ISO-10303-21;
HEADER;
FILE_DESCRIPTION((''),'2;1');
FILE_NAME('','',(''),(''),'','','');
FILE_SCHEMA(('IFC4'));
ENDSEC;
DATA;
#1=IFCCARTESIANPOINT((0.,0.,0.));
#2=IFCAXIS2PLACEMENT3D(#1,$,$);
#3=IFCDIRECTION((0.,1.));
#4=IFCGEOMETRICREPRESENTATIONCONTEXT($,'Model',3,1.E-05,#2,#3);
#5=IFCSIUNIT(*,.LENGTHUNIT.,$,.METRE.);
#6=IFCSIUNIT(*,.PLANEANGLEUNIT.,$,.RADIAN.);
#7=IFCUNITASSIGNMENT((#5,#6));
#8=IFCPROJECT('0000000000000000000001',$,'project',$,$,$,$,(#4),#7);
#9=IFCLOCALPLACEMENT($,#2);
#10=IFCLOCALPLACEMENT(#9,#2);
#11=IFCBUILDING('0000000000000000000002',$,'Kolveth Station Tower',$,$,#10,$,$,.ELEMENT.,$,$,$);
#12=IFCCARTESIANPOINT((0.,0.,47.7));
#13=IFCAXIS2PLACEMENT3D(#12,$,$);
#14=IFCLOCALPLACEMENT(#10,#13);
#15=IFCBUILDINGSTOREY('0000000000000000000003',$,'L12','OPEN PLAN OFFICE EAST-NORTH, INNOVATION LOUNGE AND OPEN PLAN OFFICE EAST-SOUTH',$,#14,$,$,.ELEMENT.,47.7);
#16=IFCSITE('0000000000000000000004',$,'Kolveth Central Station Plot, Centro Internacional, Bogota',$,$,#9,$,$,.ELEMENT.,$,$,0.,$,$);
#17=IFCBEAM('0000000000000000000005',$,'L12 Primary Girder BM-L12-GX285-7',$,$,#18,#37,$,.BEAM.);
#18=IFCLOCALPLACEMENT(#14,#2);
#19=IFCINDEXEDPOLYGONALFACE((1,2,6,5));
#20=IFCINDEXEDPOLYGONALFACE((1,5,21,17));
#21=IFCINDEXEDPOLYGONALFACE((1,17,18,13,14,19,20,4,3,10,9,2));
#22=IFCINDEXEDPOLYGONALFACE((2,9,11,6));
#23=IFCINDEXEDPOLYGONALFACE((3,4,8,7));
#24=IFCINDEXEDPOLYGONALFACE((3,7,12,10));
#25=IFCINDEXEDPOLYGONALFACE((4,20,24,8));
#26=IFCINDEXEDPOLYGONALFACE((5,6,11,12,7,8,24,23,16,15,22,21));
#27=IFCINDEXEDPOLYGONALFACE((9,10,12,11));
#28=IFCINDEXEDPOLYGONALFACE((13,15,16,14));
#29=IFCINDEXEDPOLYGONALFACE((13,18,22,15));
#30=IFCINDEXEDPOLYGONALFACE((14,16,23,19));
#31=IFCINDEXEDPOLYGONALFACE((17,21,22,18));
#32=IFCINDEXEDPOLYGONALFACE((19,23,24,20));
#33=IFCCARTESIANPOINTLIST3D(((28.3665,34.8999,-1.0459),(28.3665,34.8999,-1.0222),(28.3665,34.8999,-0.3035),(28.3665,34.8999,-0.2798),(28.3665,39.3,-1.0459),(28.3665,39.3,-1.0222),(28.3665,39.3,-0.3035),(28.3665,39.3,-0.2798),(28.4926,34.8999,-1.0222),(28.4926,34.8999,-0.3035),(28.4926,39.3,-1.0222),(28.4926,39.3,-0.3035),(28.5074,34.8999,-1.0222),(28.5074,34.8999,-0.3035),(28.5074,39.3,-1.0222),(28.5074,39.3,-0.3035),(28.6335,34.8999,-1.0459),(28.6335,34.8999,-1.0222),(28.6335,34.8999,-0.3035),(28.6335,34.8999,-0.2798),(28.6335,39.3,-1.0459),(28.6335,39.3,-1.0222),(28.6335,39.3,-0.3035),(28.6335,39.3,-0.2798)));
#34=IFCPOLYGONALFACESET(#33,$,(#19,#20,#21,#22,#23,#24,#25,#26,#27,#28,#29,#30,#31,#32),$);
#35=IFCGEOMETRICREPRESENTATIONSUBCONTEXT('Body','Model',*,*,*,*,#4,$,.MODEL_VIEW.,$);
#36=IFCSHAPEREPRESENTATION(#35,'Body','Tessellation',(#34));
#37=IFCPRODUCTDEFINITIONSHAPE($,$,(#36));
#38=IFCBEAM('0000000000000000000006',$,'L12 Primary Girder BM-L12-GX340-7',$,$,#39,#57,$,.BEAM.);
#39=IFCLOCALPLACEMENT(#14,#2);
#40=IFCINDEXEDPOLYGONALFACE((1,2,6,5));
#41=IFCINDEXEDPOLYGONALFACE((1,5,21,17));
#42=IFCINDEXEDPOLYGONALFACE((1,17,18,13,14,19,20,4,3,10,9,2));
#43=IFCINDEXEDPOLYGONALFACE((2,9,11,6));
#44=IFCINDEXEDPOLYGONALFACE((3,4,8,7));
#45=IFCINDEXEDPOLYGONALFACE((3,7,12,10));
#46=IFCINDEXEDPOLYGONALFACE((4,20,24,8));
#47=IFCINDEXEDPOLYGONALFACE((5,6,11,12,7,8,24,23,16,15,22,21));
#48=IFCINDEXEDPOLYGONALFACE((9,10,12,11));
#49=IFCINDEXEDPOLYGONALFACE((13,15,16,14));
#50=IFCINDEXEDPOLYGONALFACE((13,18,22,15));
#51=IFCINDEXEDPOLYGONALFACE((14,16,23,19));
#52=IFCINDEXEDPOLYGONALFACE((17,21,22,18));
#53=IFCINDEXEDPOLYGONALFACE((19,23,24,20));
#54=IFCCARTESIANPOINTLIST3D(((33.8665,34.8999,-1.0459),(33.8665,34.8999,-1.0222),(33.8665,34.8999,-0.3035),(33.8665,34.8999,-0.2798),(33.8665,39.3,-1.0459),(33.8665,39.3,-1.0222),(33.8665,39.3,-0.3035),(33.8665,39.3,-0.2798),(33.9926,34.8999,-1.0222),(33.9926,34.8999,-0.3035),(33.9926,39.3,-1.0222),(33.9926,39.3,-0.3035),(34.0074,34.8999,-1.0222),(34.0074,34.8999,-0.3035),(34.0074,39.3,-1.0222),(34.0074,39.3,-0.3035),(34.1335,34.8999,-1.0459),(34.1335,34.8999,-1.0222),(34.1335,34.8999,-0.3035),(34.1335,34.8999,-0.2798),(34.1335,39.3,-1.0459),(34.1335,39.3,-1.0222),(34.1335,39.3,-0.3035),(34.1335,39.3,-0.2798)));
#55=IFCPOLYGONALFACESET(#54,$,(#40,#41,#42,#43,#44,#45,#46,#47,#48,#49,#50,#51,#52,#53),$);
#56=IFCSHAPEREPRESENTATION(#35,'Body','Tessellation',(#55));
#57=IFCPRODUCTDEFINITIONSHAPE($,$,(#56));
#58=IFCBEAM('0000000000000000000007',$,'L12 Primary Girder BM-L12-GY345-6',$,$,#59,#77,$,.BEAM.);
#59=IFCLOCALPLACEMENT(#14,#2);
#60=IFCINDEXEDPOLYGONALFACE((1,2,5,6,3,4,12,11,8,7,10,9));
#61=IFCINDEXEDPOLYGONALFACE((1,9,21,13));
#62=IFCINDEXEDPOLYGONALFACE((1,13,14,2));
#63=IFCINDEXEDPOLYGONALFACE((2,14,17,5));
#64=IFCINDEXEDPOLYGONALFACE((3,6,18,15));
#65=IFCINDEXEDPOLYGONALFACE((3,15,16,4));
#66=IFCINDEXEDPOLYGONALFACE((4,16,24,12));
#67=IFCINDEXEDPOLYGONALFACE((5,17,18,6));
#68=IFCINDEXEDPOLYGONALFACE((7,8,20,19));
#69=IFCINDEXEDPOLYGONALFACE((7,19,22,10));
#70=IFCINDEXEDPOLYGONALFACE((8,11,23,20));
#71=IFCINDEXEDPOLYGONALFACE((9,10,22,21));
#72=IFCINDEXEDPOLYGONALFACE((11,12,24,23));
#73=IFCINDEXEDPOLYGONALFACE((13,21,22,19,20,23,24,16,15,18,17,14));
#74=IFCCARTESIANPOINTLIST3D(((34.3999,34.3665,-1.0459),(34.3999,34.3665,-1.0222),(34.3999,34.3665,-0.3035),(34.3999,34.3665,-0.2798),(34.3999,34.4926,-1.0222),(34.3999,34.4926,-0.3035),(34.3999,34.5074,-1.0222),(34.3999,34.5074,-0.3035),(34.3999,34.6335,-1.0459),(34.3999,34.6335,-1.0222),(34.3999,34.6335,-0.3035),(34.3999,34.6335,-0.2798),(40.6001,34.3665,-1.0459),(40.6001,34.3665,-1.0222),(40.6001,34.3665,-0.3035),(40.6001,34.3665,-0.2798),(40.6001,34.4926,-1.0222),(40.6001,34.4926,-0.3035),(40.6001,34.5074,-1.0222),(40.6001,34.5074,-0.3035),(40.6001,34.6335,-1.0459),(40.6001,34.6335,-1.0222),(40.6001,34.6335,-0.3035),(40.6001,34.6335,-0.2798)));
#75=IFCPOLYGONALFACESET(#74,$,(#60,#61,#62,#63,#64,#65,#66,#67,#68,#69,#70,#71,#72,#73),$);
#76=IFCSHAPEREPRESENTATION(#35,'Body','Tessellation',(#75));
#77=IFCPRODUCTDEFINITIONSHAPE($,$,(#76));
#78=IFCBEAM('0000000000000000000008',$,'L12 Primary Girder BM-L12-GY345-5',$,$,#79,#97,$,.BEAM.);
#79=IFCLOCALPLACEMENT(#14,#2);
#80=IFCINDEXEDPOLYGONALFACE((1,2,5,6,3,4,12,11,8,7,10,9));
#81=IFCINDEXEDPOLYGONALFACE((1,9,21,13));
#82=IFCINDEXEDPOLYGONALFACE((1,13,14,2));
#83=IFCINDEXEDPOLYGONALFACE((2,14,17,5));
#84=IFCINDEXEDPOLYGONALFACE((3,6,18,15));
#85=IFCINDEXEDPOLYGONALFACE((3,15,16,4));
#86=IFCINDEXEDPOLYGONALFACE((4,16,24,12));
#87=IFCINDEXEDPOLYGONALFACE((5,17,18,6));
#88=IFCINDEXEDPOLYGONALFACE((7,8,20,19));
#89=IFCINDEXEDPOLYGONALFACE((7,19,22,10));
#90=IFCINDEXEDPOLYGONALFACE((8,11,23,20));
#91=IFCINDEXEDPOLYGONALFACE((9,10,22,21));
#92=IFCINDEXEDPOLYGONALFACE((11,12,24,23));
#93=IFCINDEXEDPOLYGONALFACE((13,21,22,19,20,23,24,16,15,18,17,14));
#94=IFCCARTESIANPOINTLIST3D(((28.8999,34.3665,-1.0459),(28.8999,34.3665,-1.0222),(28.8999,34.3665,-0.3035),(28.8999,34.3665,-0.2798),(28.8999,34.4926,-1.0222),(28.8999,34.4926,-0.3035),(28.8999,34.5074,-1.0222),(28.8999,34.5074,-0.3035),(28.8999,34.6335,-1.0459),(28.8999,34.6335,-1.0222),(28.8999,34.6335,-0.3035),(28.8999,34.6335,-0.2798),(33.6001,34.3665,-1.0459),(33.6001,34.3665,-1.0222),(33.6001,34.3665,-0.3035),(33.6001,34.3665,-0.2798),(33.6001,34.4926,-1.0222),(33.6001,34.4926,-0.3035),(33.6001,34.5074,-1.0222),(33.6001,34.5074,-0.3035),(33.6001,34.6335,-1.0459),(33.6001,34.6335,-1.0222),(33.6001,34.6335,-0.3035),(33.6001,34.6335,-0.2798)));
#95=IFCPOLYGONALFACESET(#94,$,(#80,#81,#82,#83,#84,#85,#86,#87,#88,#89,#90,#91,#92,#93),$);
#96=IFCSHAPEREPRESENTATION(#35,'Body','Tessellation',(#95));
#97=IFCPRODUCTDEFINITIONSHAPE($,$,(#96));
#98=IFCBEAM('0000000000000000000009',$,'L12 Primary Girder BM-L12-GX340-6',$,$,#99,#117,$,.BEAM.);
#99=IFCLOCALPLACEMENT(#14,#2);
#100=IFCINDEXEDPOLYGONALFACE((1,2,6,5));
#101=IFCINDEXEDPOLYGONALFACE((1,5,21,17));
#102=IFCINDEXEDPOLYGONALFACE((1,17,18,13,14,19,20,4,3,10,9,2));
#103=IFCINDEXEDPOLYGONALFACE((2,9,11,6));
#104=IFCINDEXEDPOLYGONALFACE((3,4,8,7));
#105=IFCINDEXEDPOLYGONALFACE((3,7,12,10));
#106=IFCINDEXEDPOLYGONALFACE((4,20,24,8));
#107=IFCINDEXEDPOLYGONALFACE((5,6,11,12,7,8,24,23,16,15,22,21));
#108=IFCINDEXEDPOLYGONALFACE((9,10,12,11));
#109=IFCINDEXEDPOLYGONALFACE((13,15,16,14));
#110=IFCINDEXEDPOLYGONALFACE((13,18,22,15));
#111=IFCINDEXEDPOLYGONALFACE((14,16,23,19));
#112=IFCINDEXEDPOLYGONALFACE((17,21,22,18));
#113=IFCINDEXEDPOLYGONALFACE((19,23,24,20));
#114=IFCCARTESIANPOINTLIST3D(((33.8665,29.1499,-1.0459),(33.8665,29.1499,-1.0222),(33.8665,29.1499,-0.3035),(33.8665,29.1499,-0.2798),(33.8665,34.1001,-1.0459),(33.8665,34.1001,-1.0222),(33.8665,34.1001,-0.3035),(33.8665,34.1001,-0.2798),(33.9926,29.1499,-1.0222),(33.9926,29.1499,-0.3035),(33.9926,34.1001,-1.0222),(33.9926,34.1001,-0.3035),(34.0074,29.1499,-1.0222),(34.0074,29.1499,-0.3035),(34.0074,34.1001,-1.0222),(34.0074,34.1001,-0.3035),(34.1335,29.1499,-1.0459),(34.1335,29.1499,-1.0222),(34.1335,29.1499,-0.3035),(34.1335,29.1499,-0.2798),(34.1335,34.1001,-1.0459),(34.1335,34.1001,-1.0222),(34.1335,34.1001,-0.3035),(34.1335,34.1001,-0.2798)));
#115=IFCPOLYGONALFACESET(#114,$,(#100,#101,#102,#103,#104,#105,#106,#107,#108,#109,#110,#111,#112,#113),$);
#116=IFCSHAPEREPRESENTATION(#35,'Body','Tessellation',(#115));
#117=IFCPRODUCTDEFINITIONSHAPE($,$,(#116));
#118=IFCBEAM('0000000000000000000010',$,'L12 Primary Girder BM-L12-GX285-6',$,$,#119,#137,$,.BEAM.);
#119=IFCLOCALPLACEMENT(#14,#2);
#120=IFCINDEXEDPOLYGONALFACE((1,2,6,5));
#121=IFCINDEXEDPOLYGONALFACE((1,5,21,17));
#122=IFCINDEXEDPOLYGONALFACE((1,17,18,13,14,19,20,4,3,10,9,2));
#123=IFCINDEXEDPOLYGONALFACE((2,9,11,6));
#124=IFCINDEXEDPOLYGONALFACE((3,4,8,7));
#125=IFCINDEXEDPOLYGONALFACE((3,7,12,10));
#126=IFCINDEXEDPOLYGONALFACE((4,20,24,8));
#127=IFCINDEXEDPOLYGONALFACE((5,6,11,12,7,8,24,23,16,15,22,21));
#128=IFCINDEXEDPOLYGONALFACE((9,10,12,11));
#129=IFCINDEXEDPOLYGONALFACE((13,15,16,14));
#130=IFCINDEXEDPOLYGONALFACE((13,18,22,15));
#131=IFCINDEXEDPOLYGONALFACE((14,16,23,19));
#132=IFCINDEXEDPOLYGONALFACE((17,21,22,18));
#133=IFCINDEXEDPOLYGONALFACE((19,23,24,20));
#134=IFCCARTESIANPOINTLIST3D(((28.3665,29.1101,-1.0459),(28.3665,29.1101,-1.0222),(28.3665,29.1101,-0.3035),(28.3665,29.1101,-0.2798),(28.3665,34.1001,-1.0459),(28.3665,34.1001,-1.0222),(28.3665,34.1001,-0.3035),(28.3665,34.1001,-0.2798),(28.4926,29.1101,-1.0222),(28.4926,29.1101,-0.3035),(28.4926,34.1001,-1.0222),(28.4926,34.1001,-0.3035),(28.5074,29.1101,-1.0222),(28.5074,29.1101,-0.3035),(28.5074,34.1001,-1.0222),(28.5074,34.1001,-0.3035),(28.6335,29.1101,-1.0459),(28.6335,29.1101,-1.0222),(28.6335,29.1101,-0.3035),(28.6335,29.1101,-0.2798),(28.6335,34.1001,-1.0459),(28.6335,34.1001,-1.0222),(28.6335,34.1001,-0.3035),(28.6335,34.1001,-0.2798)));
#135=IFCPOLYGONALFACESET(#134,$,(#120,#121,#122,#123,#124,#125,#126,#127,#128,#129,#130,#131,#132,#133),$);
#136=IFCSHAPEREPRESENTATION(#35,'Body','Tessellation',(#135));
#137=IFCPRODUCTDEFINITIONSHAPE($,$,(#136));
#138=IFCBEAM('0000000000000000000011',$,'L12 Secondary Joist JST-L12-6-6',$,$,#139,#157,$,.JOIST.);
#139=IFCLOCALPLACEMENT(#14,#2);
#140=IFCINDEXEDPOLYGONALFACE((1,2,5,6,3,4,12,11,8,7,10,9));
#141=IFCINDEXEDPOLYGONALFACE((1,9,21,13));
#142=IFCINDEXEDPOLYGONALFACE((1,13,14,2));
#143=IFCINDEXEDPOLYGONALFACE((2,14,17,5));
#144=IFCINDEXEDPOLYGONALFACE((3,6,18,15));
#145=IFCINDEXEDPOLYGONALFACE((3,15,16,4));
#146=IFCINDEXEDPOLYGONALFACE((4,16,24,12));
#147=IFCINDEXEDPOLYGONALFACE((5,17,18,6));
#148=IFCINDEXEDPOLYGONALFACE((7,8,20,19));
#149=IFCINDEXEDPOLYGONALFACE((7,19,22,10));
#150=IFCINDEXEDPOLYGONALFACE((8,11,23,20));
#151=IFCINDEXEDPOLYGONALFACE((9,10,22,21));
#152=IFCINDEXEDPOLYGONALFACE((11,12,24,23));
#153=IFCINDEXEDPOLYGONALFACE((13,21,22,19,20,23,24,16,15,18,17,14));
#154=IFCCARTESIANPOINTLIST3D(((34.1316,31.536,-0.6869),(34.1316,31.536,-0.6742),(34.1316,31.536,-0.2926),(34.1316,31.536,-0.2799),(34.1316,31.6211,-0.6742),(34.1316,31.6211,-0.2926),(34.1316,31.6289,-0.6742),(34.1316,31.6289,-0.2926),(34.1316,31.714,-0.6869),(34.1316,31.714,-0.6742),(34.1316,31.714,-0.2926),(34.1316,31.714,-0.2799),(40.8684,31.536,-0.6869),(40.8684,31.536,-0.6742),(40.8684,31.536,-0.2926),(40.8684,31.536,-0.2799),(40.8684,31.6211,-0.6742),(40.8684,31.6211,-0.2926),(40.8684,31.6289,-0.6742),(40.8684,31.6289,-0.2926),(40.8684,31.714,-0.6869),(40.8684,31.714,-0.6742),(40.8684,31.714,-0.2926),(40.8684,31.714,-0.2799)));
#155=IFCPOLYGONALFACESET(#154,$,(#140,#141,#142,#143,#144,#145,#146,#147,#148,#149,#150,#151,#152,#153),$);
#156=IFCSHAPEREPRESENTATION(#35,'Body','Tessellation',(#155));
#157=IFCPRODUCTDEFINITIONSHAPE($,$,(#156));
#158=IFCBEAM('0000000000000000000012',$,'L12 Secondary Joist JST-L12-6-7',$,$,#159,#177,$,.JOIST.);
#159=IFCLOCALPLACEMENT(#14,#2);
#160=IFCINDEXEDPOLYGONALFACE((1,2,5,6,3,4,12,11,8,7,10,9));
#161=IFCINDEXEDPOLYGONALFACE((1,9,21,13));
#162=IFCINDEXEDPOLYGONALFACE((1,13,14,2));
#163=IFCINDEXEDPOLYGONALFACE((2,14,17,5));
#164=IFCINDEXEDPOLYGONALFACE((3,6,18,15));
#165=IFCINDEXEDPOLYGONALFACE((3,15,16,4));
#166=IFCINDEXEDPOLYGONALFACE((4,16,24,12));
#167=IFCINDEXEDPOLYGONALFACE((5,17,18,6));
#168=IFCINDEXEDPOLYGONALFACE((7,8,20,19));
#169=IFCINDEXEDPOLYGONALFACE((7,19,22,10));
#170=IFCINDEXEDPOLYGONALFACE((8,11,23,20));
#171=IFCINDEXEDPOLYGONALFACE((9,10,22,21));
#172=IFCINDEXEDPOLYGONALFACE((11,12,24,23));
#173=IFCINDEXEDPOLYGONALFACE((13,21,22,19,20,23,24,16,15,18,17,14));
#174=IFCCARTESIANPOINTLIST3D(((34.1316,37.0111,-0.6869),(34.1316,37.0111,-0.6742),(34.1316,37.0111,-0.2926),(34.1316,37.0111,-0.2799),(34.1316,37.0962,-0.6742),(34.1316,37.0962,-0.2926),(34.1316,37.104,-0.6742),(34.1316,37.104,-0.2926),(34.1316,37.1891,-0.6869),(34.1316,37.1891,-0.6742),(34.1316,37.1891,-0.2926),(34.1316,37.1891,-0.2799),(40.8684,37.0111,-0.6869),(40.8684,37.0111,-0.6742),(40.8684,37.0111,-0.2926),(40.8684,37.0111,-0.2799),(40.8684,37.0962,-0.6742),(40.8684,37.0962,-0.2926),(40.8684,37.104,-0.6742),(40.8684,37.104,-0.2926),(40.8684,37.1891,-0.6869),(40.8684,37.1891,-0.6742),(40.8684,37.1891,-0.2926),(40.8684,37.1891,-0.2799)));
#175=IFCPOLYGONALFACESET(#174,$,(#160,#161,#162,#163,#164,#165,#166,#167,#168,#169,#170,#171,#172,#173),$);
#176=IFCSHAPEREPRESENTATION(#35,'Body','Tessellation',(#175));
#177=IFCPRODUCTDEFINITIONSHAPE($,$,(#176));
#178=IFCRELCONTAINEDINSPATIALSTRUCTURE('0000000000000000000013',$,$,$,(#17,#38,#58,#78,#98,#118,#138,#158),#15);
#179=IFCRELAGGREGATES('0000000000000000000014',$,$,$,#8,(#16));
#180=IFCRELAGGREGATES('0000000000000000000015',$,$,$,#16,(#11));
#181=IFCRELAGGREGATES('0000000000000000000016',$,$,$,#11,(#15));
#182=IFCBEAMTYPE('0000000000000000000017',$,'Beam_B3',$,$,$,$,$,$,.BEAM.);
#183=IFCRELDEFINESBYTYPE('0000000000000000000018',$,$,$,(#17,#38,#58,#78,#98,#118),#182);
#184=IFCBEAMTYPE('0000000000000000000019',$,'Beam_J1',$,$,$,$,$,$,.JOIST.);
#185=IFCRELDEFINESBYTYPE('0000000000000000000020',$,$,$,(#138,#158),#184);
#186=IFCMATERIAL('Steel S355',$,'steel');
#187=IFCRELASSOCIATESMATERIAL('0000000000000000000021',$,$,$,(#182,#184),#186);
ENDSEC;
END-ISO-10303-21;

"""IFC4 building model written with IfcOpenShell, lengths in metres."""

from ifc_helpers import new_model, si_unit, direction, frame, origin, origin_2d, place, context, subcontext, project, spatial, i_section, extrude, source, transform, mapped, material, material_profile, profile_set, type_object, element, save


model = new_model("IFC4")

# Units and contexts
model_context = context("Model", 3, precision=1e-05, world=origin(), true_north=direction((0.0, 1.0)))
body_context = subcontext(model_context, "Body", "Model", "MODEL_VIEW")
ifc_project = project(units=[si_unit("LENGTHUNIT", "METRE"), si_unit("PLANEANGLEUNIT", "RADIAN")], contexts=[model_context])

# Site, building, storey
site_placement = place(None, origin())
site = spatial("IfcSite", under=ifc_project, at=site_placement, Name="Kolveth Central Station Plot, Centro Internacional, Bogota", CompositionType="ELEMENT", RefElevation=0.0)
building_placement = place(site_placement, origin())
building = spatial("IfcBuilding", under=site, at=building_placement, Name="Kolveth Station Tower", CompositionType="ELEMENT")
storey_placement = place(building_placement, frame((0.0, 0.0, 47.7)))
storey = spatial("IfcBuildingStorey", under=building, at=storey_placement, Name="L12", Description="OPEN PLAN OFFICE EAST-NORTH, INNOVATION LOUNGE AND OPEN PLAN OFFICE EAST-SOUTH", CompositionType="ELEMENT", Elevation=47.7)

# Shared definitions
ifc_material_1 = material(Name="Steel S355", Category="steel")

# Beams
ifc_material_profile_1 = material_profile(ifc_material_1, i_section(OverallWidth=0.2671, OverallDepth=0.7661, WebThickness=0.0149, FlangeThickness=0.0237, at=origin_2d()), Name="W760x185")
ifc_profile_set_1 = profile_set([ifc_material_profile_1], Name="Steel S355")
beam_type_1 = type_object("IfcBeamType", Name="Beam_B3", PredefinedType="BEAM", material=ifc_profile_set_1)
shared_shape_1 = source(origin(), body_context, "Body", "SweptSolid", [
    extrude(i_section(OverallWidth=0.2671, OverallDepth=0.7661, WebThickness=0.0149, FlangeThickness=0.0237, at=origin_2d()), origin(), (0.0, 0.0, 1.0), 4.4001),
])
for number, where, z_axis, x_axis, name in (
    (1, (28.5, 34.8999, -0.6628), (0.0, 1.0, 0.0), (-1.0, 0.0, 0.0), "L12 Primary Girder BM-L12-GX285-7"),
    (2, (34.0, 34.8999, -0.6628), (0.0, 1.0, 0.0), (-1.0, 0.0, 0.0), "L12 Primary Girder BM-L12-GX340-7"),
):
    element("IfcBeam", number, at=place(storey_placement, frame(where, z_axis=z_axis, x_axis=x_axis)), inside=storey, type_object=beam_type_1, Name=name, PredefinedType="BEAM", context=body_context, shape_type="MappedRepresentation", body=[
        mapped(shared_shape_1, transform((0.0, 0.0, 0.0), x_axis=(1.0, 0.0, 0.0), y_axis=(0.0, 1.0, 0.0), z_axis=(0.0, 0.0, 1.0), scale=1.0)),
    ])
shared_shape_2 = source(origin(), body_context, "Body", "SweptSolid", [
    extrude(i_section(OverallWidth=0.2671, OverallDepth=0.7661, WebThickness=0.0149, FlangeThickness=0.0237, at=origin_2d()), origin(), (0.0, 0.0, 1.0), 6.2002),
])
beam_1_placement = place(storey_placement, frame((34.3999, 34.5, -0.6628), z_axis=(1.0, 0.0, 0.0), x_axis=(0.0, 1.0, 0.0)))
element("IfcBeam", 3, at=beam_1_placement, inside=storey, type_object=beam_type_1, Name="L12 Primary Girder BM-L12-GY345-6", PredefinedType="BEAM", context=body_context, shape_type="MappedRepresentation", body=[
    mapped(shared_shape_2, transform((0.0, 0.0, 0.0), x_axis=(1.0, 0.0, 0.0), y_axis=(0.0, 1.0, 0.0), z_axis=(0.0, 0.0, 1.0), scale=1.0)),
])
shared_shape_3 = source(origin(), body_context, "Body", "SweptSolid", [
    extrude(i_section(OverallWidth=0.2671, OverallDepth=0.7661, WebThickness=0.0149, FlangeThickness=0.0237, at=origin_2d()), origin(), (0.0, 0.0, 1.0), 4.7002),
])
beam_2_placement = place(storey_placement, frame((28.8999, 34.5, -0.6628), z_axis=(1.0, 0.0, 0.0), x_axis=(0.0, 1.0, 0.0)))
element("IfcBeam", 4, at=beam_2_placement, inside=storey, type_object=beam_type_1, Name="L12 Primary Girder BM-L12-GY345-5", PredefinedType="BEAM", context=body_context, shape_type="MappedRepresentation", body=[
    mapped(shared_shape_3, transform((0.0, 0.0, 0.0), x_axis=(1.0, 0.0, 0.0), y_axis=(0.0, 1.0, 0.0), z_axis=(0.0, 0.0, 1.0), scale=1.0)),
])
shared_shape_4 = source(origin(), body_context, "Body", "SweptSolid", [
    extrude(i_section(OverallWidth=0.2671, OverallDepth=0.7661, WebThickness=0.0149, FlangeThickness=0.0237, at=origin_2d()), origin(), (0.0, 0.0, 1.0), 4.9502),
])
beam_3_placement = place(storey_placement, frame((34.0, 29.1499, -0.6628), z_axis=(0.0, 1.0, 0.0), x_axis=(-1.0, 0.0, 0.0)))
element("IfcBeam", 5, at=beam_3_placement, inside=storey, type_object=beam_type_1, Name="L12 Primary Girder BM-L12-GX340-6", PredefinedType="BEAM", context=body_context, shape_type="MappedRepresentation", body=[
    mapped(shared_shape_4, transform((0.0, 0.0, 0.0), x_axis=(1.0, 0.0, 0.0), y_axis=(0.0, 1.0, 0.0), z_axis=(0.0, 0.0, 1.0), scale=1.0)),
])
shared_shape_5 = source(origin(), body_context, "Body", "SweptSolid", [
    extrude(i_section(OverallWidth=0.2671, OverallDepth=0.7661, WebThickness=0.0149, FlangeThickness=0.0237, at=origin_2d()), origin(), (0.0, 0.0, 1.0), 4.99),
])
beam_4_placement = place(storey_placement, frame((28.5, 29.1101, -0.6628), z_axis=(0.0, 1.0, 0.0), x_axis=(-1.0, 0.0, 0.0)))
element("IfcBeam", 6, at=beam_4_placement, inside=storey, type_object=beam_type_1, Name="L12 Primary Girder BM-L12-GX285-6", PredefinedType="BEAM", context=body_context, shape_type="MappedRepresentation", body=[
    mapped(shared_shape_5, transform((0.0, 0.0, 0.0), x_axis=(1.0, 0.0, 0.0), y_axis=(0.0, 1.0, 0.0), z_axis=(0.0, 0.0, 1.0), scale=1.0)),
])
ifc_material_profile_2 = material_profile(ifc_material_1, i_section(OverallWidth=0.178, OverallDepth=0.407, WebThickness=0.0078, FlangeThickness=0.0127, at=origin_2d()), Name="W410x60")
ifc_profile_set_2 = profile_set([ifc_material_profile_2], Name="Steel S355")
beam_type_2 = type_object("IfcBeamType", Name="Beam_J1", PredefinedType="JOIST", material=ifc_profile_set_2)
shared_shape_6 = source(origin(), body_context, "Body", "SweptSolid", [
    extrude(i_section(OverallWidth=0.178, OverallDepth=0.407, WebThickness=0.0078, FlangeThickness=0.0127, at=origin_2d()), origin(), (0.0, 0.0, 1.0), 6.7368),
])
for number, where, z_axis, x_axis, name in (
    (7, (34.1316, 31.625, -0.4834), (1.0, 0.0, 0.0), (0.0, 1.0, 0.0), "L12 Secondary Joist JST-L12-6-6"),
    (8, (34.1316, 37.1001, -0.4834), (1.0, 0.0, 0.0), (0.0, 1.0, 0.0), "L12 Secondary Joist JST-L12-6-7"),
):
    element("IfcBeam", number, at=place(storey_placement, frame(where, z_axis=z_axis, x_axis=x_axis)), inside=storey, type_object=beam_type_2, Name=name, PredefinedType="JOIST", context=body_context, shape_type="MappedRepresentation", body=[
        mapped(shared_shape_6, transform((0.0, 0.0, 0.0), x_axis=(1.0, 0.0, 0.0), y_axis=(0.0, 1.0, 0.0), z_axis=(0.0, 0.0, 1.0), scale=1.0)),
    ])

save(model, "model.ifc")
